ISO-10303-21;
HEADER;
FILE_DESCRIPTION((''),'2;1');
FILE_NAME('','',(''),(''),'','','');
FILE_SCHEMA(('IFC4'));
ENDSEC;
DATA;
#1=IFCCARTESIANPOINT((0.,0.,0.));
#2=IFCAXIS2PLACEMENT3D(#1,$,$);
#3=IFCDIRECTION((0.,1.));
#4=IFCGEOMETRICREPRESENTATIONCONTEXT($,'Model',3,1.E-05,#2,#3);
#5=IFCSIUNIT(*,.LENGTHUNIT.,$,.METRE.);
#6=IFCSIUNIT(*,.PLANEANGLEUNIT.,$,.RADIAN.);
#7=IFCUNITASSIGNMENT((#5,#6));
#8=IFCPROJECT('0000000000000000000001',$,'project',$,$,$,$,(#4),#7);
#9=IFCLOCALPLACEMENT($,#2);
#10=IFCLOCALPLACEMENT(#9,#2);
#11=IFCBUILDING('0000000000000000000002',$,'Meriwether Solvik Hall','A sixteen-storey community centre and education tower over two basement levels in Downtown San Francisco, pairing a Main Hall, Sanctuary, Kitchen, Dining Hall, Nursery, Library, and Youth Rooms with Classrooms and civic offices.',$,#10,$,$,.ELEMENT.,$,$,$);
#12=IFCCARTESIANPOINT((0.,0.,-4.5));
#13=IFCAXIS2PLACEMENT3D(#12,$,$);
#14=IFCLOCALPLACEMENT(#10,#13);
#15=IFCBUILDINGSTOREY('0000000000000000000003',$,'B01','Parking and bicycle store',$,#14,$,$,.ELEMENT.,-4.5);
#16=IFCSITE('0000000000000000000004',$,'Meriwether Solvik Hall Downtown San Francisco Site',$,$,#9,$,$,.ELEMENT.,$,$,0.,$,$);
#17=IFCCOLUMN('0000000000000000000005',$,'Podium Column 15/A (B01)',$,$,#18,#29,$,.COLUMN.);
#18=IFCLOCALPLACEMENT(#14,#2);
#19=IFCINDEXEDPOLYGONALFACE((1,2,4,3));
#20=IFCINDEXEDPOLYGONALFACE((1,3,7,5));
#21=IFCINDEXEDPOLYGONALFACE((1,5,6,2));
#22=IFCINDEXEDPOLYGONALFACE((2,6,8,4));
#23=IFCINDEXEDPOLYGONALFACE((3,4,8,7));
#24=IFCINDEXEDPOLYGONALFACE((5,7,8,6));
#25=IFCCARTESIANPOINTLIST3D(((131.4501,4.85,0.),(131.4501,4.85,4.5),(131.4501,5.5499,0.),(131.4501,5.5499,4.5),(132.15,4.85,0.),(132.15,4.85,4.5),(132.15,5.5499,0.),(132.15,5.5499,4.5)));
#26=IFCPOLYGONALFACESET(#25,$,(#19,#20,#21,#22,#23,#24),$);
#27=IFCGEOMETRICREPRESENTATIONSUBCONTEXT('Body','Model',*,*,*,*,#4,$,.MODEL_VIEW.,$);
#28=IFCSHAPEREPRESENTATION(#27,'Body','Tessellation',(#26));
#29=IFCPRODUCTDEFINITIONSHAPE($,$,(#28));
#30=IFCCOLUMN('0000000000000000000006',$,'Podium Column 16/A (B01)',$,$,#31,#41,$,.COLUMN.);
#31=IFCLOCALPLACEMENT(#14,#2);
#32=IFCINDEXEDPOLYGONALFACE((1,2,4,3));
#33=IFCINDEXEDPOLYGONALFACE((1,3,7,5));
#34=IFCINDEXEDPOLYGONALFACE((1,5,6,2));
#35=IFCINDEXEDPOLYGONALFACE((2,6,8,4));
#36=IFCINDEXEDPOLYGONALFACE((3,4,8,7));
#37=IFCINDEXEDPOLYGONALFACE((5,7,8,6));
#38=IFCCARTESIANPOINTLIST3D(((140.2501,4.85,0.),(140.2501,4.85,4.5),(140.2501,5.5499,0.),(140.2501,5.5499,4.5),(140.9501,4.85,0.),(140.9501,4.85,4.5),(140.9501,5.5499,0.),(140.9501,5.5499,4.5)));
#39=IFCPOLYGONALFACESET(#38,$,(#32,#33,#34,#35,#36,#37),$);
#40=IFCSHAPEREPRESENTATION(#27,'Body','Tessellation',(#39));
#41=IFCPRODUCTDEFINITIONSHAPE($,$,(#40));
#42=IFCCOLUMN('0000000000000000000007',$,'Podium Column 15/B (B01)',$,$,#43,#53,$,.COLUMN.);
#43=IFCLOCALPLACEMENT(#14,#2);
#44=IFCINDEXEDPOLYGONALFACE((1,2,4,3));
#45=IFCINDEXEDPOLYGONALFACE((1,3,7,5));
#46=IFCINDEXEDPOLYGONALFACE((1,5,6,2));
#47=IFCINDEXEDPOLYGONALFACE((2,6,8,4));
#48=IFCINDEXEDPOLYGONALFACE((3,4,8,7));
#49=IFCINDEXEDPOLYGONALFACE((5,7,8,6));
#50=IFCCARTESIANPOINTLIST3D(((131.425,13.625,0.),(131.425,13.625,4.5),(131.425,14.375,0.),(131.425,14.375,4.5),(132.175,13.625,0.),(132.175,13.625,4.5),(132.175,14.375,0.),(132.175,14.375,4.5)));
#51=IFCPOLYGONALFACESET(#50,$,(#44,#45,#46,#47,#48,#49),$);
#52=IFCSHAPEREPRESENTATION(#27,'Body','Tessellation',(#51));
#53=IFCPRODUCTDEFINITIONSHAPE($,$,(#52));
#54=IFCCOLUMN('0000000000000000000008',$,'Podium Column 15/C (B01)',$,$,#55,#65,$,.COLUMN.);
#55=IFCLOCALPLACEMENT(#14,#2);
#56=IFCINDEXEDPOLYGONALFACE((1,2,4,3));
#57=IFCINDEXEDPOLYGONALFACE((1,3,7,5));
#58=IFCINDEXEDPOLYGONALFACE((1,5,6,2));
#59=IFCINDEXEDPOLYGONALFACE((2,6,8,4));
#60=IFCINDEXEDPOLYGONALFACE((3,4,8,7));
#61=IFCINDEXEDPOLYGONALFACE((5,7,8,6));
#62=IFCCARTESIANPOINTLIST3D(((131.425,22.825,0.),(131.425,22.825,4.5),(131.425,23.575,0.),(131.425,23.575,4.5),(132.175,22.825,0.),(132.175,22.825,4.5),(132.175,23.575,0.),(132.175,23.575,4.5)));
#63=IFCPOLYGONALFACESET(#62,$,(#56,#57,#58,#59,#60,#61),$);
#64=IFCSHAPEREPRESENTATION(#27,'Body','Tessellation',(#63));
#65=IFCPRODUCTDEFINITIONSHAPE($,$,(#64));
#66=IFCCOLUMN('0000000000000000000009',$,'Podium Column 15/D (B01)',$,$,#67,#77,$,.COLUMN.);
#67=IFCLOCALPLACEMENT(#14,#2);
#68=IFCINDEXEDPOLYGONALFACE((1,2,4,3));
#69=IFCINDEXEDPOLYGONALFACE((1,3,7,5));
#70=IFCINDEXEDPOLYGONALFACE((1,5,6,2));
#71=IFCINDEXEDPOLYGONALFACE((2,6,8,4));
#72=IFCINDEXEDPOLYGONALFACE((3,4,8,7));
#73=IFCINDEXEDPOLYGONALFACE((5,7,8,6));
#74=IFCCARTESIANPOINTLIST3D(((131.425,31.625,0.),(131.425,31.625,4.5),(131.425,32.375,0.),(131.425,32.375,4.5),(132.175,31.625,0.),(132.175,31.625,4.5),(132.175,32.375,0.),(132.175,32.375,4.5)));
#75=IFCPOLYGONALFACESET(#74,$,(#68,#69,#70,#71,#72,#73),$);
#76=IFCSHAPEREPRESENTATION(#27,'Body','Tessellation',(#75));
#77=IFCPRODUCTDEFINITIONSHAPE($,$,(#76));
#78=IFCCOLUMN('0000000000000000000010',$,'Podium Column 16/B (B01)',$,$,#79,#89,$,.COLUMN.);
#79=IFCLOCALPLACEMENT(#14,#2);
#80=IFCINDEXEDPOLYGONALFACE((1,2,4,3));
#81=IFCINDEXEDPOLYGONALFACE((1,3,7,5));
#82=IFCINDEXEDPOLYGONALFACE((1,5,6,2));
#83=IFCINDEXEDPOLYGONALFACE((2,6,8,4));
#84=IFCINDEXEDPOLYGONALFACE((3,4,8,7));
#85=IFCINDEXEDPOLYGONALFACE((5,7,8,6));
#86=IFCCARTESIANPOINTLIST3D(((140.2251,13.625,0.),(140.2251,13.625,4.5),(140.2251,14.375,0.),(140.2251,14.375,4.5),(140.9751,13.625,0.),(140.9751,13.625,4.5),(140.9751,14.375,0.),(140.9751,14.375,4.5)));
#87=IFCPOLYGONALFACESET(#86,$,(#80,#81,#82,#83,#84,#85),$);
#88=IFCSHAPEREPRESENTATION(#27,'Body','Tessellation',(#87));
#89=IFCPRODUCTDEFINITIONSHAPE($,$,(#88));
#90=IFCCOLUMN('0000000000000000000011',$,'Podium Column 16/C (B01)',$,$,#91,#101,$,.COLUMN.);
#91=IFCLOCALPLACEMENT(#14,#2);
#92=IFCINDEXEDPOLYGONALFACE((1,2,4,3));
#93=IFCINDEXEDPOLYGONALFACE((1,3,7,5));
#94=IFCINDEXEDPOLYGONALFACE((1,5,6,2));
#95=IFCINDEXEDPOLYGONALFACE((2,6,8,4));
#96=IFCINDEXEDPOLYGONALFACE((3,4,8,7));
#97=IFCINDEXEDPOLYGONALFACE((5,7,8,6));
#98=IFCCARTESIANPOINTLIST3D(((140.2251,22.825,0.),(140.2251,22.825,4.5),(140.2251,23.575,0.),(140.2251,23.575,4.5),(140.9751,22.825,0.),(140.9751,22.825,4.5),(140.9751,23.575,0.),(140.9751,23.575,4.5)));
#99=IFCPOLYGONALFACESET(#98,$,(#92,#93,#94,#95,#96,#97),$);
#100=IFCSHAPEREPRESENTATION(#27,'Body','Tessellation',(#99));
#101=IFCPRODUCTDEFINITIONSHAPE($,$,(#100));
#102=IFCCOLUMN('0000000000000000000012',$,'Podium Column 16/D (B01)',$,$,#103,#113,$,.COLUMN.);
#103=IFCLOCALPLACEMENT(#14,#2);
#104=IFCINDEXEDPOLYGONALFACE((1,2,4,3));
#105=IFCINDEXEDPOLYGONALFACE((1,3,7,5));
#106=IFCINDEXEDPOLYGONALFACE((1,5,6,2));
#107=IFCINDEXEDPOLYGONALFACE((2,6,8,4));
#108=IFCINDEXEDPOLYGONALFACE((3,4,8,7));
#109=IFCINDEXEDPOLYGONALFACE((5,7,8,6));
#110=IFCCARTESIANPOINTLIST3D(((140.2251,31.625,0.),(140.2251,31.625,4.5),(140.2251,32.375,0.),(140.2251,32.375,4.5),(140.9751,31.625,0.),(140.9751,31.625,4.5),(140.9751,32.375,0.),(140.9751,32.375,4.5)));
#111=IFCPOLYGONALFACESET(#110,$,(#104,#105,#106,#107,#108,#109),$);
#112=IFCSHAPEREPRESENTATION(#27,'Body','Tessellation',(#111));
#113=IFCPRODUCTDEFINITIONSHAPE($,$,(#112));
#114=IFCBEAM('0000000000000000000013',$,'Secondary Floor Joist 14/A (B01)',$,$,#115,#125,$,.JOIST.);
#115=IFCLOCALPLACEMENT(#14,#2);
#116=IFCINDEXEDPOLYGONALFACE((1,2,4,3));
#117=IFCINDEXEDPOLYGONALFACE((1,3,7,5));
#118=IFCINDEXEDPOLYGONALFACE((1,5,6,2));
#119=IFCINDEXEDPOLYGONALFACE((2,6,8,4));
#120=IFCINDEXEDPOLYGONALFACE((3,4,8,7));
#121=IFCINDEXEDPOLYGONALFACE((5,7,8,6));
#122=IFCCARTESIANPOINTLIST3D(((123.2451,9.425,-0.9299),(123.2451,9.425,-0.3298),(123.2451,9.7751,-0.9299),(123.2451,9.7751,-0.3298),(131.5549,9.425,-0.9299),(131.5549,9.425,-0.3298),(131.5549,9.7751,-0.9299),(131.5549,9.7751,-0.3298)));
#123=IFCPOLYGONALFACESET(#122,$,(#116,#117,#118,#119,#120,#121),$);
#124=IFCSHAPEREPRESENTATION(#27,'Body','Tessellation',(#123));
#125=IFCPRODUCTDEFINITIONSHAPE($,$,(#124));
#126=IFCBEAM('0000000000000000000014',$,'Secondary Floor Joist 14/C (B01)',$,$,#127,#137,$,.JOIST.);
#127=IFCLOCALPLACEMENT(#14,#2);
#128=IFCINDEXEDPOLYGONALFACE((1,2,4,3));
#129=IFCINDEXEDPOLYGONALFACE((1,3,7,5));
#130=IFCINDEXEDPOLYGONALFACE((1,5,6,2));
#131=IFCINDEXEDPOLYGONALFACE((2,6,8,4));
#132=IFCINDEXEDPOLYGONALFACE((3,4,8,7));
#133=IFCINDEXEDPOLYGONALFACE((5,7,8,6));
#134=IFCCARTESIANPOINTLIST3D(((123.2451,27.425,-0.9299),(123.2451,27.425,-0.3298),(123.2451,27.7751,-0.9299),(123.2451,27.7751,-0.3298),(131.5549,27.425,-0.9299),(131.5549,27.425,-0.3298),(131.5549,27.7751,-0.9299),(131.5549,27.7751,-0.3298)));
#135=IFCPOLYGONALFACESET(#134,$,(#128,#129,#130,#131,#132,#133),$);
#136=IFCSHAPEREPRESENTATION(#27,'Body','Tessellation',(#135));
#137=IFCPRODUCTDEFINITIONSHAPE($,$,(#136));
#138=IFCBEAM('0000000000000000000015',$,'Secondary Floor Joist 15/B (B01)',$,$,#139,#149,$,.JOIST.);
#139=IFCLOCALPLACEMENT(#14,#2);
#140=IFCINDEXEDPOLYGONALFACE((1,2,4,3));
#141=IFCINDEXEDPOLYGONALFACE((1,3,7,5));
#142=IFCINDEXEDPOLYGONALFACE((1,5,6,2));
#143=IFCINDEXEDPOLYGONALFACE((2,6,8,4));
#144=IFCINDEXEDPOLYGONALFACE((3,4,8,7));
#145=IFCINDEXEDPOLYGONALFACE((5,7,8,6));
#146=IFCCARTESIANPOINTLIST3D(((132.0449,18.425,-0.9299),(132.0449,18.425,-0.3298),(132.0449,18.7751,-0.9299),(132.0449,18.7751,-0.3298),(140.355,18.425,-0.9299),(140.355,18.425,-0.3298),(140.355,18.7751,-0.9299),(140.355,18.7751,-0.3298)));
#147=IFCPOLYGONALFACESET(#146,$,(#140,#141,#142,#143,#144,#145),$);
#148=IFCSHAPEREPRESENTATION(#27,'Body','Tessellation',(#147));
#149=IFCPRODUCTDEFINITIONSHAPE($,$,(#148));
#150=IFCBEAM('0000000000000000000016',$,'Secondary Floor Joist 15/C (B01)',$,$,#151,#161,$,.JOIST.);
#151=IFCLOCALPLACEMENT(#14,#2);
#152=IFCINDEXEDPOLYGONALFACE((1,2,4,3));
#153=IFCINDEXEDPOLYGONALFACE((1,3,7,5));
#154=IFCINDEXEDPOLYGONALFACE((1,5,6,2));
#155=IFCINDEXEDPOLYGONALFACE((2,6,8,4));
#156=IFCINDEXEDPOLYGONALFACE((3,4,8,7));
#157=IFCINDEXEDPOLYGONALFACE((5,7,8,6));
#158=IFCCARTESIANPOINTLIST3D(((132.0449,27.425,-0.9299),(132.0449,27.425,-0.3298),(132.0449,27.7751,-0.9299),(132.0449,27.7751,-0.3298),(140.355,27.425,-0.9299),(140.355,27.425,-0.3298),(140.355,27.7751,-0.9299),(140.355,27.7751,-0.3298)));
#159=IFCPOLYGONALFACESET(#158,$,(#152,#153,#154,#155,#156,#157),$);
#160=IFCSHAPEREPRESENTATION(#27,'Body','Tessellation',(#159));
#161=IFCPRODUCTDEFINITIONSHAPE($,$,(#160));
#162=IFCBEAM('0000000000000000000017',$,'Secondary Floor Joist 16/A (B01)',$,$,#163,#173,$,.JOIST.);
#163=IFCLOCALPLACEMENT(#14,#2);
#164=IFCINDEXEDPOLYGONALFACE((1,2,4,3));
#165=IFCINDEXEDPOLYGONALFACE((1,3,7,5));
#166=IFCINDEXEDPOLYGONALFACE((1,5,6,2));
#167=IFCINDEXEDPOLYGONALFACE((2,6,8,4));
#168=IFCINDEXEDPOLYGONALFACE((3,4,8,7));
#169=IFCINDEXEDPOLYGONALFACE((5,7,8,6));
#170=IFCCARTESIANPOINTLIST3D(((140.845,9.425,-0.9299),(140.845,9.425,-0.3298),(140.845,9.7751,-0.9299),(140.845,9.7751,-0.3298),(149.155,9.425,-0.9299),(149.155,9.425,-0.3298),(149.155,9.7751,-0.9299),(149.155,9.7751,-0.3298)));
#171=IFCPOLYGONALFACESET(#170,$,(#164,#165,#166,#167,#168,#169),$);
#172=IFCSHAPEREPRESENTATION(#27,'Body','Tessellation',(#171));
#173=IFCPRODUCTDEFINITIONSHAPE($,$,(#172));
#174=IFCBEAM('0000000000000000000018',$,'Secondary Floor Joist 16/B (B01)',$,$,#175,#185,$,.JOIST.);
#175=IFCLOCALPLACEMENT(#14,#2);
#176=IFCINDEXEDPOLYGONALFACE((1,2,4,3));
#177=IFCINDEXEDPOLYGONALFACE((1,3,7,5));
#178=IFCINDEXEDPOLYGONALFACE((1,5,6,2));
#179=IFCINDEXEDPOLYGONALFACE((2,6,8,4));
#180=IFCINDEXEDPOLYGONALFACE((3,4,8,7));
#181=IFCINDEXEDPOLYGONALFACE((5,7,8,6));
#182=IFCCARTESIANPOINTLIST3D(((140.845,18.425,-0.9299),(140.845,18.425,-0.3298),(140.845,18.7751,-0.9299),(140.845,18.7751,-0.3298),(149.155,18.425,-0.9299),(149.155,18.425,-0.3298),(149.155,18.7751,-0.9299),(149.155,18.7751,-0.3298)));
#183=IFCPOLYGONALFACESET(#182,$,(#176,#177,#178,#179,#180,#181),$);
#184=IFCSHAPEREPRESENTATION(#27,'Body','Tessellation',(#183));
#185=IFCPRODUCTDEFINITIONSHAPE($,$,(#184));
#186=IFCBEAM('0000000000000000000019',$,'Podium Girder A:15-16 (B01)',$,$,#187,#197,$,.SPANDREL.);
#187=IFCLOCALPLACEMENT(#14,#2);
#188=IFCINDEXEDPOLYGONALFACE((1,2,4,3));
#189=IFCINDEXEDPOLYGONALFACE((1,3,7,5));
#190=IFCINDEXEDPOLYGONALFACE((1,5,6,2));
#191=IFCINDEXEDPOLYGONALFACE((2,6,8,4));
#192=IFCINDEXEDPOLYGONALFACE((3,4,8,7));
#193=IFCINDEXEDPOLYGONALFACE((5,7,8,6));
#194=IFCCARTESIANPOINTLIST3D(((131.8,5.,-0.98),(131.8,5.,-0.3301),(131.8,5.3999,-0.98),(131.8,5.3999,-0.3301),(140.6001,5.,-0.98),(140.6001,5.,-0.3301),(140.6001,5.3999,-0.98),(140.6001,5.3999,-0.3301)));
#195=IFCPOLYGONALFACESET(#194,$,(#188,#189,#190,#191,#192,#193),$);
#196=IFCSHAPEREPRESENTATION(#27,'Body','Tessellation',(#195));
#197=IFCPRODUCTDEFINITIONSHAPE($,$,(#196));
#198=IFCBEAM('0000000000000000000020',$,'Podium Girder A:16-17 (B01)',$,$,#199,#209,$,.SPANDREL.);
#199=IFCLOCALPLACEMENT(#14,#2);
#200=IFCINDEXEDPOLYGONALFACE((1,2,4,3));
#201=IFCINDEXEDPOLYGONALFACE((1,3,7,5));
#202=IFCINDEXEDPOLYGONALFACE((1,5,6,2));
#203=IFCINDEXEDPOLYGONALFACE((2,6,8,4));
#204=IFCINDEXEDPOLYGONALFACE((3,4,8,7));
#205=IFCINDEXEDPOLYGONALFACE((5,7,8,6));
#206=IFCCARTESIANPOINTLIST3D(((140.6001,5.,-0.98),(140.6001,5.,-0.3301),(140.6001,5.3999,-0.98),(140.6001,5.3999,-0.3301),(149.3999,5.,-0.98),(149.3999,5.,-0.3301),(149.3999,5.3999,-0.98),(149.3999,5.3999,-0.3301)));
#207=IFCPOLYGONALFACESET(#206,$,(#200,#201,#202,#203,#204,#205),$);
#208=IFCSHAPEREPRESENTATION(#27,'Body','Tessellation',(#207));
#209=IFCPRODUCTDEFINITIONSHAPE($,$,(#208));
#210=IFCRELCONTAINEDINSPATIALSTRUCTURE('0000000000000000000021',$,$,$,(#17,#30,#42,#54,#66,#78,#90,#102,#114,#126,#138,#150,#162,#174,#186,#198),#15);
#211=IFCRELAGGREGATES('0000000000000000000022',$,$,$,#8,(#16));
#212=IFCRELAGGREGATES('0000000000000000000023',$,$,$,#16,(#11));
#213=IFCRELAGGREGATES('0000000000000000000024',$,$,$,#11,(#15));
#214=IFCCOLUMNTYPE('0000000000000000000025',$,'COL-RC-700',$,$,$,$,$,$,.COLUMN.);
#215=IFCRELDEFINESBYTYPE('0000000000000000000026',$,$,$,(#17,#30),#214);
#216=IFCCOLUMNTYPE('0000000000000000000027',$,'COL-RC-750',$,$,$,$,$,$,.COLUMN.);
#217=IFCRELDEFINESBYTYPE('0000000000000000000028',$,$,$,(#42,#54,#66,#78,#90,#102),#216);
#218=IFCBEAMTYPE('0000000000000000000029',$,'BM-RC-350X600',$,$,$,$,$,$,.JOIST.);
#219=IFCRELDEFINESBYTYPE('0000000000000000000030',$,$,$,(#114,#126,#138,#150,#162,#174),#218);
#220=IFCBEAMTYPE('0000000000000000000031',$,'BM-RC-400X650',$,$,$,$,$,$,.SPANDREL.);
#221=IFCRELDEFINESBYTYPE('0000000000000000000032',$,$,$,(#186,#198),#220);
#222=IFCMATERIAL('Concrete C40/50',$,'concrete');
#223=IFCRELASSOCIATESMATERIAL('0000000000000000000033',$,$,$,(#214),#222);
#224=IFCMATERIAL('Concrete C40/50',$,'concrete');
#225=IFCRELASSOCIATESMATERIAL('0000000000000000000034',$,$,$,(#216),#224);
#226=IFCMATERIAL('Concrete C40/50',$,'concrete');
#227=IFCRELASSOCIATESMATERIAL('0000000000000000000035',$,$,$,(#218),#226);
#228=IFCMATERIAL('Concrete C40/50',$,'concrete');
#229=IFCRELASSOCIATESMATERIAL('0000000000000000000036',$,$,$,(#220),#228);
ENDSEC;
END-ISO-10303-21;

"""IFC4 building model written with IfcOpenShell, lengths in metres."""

from ifc_helpers import new_model, si_unit, direction, frame, origin, origin_2d, place, context, subcontext, project, spatial, rectangle, extrude, material, material_profile, profile_set, type_object, element, save


model = new_model("IFC4")

# Units and contexts
model_context = context("Model", 3, precision=1e-05, world=origin(), true_north=direction((0.0, 1.0)))
body_context = subcontext(model_context, "Body", "Model", "MODEL_VIEW")
ifc_project = project(units=[si_unit("LENGTHUNIT", "METRE"), si_unit("PLANEANGLEUNIT", "RADIAN")], contexts=[model_context])

# Site, building, storey
site_placement = place(None, origin())
site = spatial("IfcSite", under=ifc_project, at=site_placement, Name="Meriwether Solvik Hall Downtown San Francisco Site", CompositionType="ELEMENT", RefElevation=0.0)
building_placement = place(site_placement, origin())
building = spatial("IfcBuilding", under=site, at=building_placement, Name="Meriwether Solvik Hall", Description="A sixteen-storey community centre and education tower over two basement levels in Downtown San Francisco, pairing a Main Hall, Sanctuary, Kitchen, Dining Hall, Nursery, Library, and Youth Rooms with Classrooms and civic offices.", CompositionType="ELEMENT")
storey_placement = place(building_placement, frame((0.0, 0.0, -4.5)))
storey = spatial("IfcBuildingStorey", under=building, at=storey_placement, Name="B01", Description="Parking and bicycle store", CompositionType="ELEMENT", Elevation=-4.5)

# Columns
ifc_material_1 = material(Name="Concrete C40/50", Category="concrete")
ifc_material_profile_1 = material_profile(ifc_material_1, rectangle(XDim=0.7, YDim=0.7, at=origin_2d()), Name="RCC-700X700")
ifc_profile_set_1 = profile_set([ifc_material_profile_1], Name="Concrete C40/50")
column_type_1 = type_object("IfcColumnType", Name="COL-RC-700", PredefinedType="COLUMN", material=ifc_profile_set_1)
for number, where, z_axis, x_axis, name in (
    (1, (131.8, 5.2, 0.0), (0.0, 0.0, 1.0), (1.0, 0.0, 0.0), "Podium Column 15/A (B01)"),
    (2, (140.6001, 5.2, 0.0), (0.0, 0.0, 1.0), (1.0, 0.0, 0.0), "Podium Column 16/A (B01)"),
):
    element("IfcColumn", number, at=place(storey_placement, frame(where, z_axis=z_axis, x_axis=x_axis)), inside=storey, type_object=column_type_1, Name=name, PredefinedType="COLUMN", context=body_context, shape_type="SweptSolid", body=[
        extrude(rectangle(XDim=0.7, YDim=0.7, at=origin_2d()), origin(), (0.0, 0.0, 1.0), 4.5),
    ])
ifc_material_2 = material(Name="Concrete C40/50", Category="concrete")
ifc_material_profile_2 = material_profile(ifc_material_2, rectangle(XDim=0.75, YDim=0.75, at=origin_2d()), Name="RCC-750X750")
ifc_profile_set_2 = profile_set([ifc_material_profile_2], Name="Concrete C40/50")
column_type_2 = type_object("IfcColumnType", Name="COL-RC-750", PredefinedType="COLUMN", material=ifc_profile_set_2)
for number, where, z_axis, x_axis, name in (
    (3, (131.8, 14.0, 0.0), (0.0, 0.0, 1.0), (1.0, 0.0, 0.0), "Podium Column 15/B (B01)"),
    (4, (131.8, 23.2, 0.0), (0.0, 0.0, 1.0), (1.0, 0.0, 0.0), "Podium Column 15/C (B01)"),
    (5, (131.8, 32.0, 0.0), (0.0, 0.0, 1.0), (1.0, 0.0, 0.0), "Podium Column 15/D (B01)"),
    (6, (140.6001, 14.0, 0.0), (0.0, 0.0, 1.0), (1.0, 0.0, 0.0), "Podium Column 16/B (B01)"),
    (7, (140.6001, 23.2, 0.0), (0.0, 0.0, 1.0), (1.0, 0.0, 0.0), "Podium Column 16/C (B01)"),
    (8, (140.6001, 32.0, 0.0), (0.0, 0.0, 1.0), (1.0, 0.0, 0.0), "Podium Column 16/D (B01)"),
):
    element("IfcColumn", number, at=place(storey_placement, frame(where, z_axis=z_axis, x_axis=x_axis)), inside=storey, type_object=column_type_2, Name=name, PredefinedType="COLUMN", context=body_context, shape_type="SweptSolid", body=[
        extrude(rectangle(XDim=0.75, YDim=0.75, at=origin_2d()), origin(), (0.0, 0.0, 1.0), 4.5),
    ])

# Beams
ifc_material_3 = material(Name="Concrete C40/50", Category="concrete")
ifc_material_profile_3 = material_profile(ifc_material_3, rectangle(XDim=0.3501, YDim=0.6001, at=origin_2d()), Name="RCB-350X600")
ifc_profile_set_3 = profile_set([ifc_material_profile_3], Name="Concrete C40/50")
beam_type_1 = type_object("IfcBeamType", Name="BM-RC-350X600", PredefinedType="JOIST", material=ifc_profile_set_3)
for number, where, z_axis, x_axis, name in (
    (9, (123.2451, 9.6001, -0.6299), (1.0, 0.0, 0.0), (0.0, 1.0, 0.0), "Secondary Floor Joist 14/A (B01)"),
    (10, (123.2451, 27.6001, -0.6299), (1.0, 0.0, 0.0), (0.0, 1.0, 0.0), "Secondary Floor Joist 14/C (B01)"),
):
    element("IfcBeam", number, at=place(storey_placement, frame(where, z_axis=z_axis, x_axis=x_axis)), inside=storey, type_object=beam_type_1, Name=name, PredefinedType="JOIST", context=body_context, shape_type="SweptSolid", body=[
        extrude(rectangle(XDim=0.3501, YDim=0.6001, at=origin_2d()), origin(), (0.0, 0.0, 1.0), 8.3098),
    ])
for number, where, z_axis, x_axis, name in (
    (11, (132.0449, 18.6001, -0.6299), (1.0, 0.0, 0.0), (0.0, 1.0, 0.0), "Secondary Floor Joist 15/B (B01)"),
    (12, (132.0449, 27.6001, -0.6299), (1.0, 0.0, 0.0), (0.0, 1.0, 0.0), "Secondary Floor Joist 15/C (B01)"),
    (13, (140.845, 9.6001, -0.6299), (1.0, 0.0, 0.0), (0.0, 1.0, 0.0), "Secondary Floor Joist 16/A (B01)"),
    (14, (140.845, 18.6001, -0.6299), (1.0, 0.0, 0.0), (0.0, 1.0, 0.0), "Secondary Floor Joist 16/B (B01)"),
):
    element("IfcBeam", number, at=place(storey_placement, frame(where, z_axis=z_axis, x_axis=x_axis)), inside=storey, type_object=beam_type_1, Name=name, PredefinedType="JOIST", context=body_context, shape_type="SweptSolid", body=[
        extrude(rectangle(XDim=0.3501, YDim=0.6001, at=origin_2d()), origin(), (0.0, 0.0, 1.0), 8.3101),
    ])
ifc_material_4 = material(Name="Concrete C40/50", Category="concrete")
ifc_material_profile_4 = material_profile(ifc_material_4, rectangle(XDim=0.3999, YDim=0.6499, at=origin_2d()), Name="RCB-400X650")
ifc_profile_set_4 = profile_set([ifc_material_profile_4], Name="Concrete C40/50")
beam_type_2 = type_object("IfcBeamType", Name="BM-RC-400X650", PredefinedType="SPANDREL", material=ifc_profile_set_4)
beam_1_placement = place(storey_placement, frame((131.8, 5.2, -0.655), z_axis=(1.0, 0.0, 0.0), x_axis=(0.0, 1.0, 0.0)))
element("IfcBeam", 15, at=beam_1_placement, inside=storey, type_object=beam_type_2, Name="Podium Girder A:15-16 (B01)", PredefinedType="SPANDREL", context=body_context, shape_type="SweptSolid", body=[
    extrude(rectangle(XDim=0.3999, YDim=0.6499, at=origin_2d()), origin(), (0.0, 0.0, 1.0), 8.8),
])
beam_2_placement = place(storey_placement, frame((140.6001, 5.2, -0.655), z_axis=(1.0, 0.0, 0.0), x_axis=(0.0, 1.0, 0.0)))
element("IfcBeam", 16, at=beam_2_placement, inside=storey, type_object=beam_type_2, Name="Podium Girder A:16-17 (B01)", PredefinedType="SPANDREL", context=body_context, shape_type="SweptSolid", body=[
    extrude(rectangle(XDim=0.3999, YDim=0.6499, at=origin_2d()), origin(), (0.0, 0.0, 1.0), 8.7998),
])

save(model, "model.ifc")
